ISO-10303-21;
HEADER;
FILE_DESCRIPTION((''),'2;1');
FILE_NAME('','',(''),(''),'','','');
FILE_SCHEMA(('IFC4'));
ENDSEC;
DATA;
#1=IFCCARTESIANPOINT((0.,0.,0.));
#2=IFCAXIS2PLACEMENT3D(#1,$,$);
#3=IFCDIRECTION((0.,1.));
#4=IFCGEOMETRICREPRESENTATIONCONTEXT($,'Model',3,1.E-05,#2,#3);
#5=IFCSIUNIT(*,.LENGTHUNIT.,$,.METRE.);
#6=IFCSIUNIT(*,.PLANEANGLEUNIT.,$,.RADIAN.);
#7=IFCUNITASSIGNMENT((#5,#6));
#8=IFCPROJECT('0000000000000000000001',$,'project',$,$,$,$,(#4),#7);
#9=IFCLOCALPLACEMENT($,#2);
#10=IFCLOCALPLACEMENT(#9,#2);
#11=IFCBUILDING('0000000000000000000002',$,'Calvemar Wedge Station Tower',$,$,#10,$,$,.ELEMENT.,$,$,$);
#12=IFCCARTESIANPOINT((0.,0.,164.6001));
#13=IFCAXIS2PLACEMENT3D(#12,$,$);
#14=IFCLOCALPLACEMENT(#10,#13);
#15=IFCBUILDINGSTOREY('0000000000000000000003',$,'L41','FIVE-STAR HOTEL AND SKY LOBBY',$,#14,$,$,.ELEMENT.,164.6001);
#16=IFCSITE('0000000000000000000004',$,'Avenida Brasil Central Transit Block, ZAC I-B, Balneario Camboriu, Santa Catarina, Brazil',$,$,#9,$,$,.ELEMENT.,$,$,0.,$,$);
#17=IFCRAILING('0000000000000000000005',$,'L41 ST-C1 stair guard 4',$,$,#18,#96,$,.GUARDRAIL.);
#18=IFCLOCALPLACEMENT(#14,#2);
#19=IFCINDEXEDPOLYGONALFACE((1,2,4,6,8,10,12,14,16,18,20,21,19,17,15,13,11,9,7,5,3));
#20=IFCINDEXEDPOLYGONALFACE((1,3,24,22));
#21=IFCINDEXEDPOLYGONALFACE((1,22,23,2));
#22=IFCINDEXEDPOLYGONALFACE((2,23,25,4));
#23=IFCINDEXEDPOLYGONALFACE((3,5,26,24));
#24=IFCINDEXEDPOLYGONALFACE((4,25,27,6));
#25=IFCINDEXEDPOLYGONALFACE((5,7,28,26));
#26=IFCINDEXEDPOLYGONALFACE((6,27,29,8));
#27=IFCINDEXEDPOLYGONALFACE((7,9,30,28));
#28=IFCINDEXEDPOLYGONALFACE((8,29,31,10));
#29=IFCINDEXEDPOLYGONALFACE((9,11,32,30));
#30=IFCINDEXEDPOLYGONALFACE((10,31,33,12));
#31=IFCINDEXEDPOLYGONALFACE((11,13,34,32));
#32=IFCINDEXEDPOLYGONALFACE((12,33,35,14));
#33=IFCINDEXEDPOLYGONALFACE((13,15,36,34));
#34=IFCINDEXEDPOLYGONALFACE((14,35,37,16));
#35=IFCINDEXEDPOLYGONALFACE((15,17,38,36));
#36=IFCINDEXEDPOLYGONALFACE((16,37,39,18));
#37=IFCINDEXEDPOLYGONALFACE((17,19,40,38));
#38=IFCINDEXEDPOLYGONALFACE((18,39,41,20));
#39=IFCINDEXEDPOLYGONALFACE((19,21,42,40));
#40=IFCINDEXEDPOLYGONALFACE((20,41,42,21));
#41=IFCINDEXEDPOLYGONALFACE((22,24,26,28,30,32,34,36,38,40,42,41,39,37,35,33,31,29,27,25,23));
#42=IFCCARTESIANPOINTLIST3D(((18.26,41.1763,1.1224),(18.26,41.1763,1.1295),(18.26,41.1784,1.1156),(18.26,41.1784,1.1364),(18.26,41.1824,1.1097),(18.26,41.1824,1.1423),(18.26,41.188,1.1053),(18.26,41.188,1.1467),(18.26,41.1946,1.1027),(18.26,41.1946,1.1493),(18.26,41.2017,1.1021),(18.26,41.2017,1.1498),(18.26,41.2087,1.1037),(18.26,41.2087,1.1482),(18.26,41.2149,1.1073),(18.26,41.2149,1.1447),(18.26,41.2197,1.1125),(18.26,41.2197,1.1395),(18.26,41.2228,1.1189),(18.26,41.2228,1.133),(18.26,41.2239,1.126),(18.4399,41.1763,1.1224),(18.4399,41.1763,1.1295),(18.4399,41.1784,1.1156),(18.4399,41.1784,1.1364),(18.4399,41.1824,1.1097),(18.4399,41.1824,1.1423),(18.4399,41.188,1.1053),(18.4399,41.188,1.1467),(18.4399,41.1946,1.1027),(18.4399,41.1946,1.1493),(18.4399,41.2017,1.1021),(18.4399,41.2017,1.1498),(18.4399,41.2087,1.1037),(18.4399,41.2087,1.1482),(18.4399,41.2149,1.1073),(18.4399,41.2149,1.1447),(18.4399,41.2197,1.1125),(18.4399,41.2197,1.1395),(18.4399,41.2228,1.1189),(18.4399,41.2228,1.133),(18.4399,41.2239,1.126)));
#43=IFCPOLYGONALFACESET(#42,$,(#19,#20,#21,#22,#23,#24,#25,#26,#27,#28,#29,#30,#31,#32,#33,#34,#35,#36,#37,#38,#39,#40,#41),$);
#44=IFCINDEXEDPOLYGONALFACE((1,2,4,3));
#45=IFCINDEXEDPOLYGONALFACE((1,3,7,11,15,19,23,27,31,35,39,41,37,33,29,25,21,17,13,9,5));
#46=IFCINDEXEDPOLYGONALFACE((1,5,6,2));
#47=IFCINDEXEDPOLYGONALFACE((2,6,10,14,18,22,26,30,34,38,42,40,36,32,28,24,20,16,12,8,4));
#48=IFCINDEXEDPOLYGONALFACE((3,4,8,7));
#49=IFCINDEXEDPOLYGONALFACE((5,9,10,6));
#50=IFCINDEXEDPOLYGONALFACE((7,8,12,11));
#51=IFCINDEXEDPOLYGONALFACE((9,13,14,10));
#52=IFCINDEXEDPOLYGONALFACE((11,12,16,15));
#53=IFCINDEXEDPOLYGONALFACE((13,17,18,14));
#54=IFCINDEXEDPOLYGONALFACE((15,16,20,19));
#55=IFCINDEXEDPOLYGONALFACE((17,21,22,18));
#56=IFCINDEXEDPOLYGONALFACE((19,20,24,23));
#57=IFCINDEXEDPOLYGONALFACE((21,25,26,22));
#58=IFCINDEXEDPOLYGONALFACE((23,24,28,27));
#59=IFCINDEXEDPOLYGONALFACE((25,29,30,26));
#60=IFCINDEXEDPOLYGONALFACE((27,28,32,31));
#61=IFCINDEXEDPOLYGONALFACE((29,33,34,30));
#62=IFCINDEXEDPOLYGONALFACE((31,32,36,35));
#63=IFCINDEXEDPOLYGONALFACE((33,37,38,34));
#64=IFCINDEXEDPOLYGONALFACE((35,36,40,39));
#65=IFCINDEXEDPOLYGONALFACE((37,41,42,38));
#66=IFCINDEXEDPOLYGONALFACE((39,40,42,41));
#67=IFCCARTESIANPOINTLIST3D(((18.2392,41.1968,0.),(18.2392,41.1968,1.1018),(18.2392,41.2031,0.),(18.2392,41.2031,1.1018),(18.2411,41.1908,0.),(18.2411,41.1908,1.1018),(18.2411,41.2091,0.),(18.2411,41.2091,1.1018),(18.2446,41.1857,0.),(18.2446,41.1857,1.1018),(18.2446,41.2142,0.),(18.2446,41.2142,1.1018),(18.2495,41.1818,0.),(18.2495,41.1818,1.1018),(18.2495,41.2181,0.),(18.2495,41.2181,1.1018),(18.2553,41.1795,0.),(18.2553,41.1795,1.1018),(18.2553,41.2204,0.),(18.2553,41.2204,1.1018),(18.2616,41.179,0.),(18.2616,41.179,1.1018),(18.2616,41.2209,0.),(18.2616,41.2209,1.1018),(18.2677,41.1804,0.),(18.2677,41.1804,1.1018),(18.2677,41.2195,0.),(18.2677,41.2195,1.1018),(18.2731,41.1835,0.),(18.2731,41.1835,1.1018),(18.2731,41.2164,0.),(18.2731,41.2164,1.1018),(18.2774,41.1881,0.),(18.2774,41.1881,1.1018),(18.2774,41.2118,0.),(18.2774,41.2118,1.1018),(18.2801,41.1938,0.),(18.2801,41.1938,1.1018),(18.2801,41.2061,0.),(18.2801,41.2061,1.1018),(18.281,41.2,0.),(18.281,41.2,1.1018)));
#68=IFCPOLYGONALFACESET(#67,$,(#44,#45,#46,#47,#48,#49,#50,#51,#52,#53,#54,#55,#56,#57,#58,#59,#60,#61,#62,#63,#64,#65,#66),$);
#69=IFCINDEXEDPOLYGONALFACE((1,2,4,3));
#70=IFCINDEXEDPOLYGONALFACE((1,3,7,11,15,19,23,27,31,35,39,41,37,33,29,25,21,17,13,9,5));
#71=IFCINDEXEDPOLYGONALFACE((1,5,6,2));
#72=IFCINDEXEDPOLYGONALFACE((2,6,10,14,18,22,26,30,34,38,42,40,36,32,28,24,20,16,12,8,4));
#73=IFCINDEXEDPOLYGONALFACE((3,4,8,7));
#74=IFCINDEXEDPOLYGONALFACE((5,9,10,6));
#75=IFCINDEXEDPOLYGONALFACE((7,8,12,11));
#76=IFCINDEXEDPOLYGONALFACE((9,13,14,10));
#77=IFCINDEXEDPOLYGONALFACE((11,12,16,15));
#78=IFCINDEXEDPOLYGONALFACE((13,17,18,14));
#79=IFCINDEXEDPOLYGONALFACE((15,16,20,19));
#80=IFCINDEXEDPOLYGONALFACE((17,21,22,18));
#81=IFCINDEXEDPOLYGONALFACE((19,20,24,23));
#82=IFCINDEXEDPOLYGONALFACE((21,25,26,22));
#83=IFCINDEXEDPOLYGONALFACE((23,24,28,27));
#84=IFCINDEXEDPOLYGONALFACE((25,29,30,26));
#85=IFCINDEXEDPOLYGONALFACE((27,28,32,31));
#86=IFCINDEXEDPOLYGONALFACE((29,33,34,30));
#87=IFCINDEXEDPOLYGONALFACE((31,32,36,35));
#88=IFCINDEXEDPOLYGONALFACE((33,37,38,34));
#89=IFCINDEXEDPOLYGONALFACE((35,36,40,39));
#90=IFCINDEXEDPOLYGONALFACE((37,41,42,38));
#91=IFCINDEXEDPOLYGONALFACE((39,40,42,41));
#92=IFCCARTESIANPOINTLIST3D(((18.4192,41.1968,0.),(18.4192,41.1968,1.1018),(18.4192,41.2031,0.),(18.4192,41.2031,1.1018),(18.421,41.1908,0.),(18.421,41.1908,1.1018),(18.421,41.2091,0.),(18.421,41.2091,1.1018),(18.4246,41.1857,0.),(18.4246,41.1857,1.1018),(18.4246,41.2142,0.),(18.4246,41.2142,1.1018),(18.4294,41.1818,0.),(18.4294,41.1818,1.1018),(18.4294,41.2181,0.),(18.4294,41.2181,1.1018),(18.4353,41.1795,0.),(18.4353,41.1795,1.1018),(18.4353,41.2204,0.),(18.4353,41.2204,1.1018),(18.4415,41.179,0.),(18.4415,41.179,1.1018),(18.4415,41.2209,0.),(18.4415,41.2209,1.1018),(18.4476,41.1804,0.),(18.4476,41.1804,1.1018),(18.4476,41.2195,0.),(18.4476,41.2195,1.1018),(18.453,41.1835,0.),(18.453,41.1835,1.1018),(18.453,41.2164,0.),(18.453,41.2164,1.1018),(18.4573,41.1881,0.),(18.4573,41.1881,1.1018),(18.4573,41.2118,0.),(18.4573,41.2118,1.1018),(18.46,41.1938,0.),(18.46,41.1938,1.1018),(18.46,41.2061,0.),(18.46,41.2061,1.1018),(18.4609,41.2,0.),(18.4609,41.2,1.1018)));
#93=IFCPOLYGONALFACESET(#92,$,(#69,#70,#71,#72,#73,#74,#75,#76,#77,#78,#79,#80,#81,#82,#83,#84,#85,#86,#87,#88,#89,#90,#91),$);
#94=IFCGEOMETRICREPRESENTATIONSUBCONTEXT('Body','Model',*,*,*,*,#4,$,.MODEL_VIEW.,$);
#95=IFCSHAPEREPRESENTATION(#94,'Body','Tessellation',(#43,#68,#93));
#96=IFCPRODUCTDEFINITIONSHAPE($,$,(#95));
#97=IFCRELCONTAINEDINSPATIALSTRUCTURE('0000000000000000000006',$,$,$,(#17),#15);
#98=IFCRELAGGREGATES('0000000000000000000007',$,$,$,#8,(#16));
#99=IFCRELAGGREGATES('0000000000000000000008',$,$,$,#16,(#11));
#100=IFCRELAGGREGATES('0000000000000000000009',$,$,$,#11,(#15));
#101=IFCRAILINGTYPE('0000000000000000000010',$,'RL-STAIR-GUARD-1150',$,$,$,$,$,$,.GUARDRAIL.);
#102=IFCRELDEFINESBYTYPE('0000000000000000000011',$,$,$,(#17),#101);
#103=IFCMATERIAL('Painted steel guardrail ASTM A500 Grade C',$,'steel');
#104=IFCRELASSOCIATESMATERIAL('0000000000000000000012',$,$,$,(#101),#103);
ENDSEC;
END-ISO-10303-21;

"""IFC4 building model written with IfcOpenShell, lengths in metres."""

from ifc_helpers import new_model, si_unit, direction, frame, origin, origin_2d, place, context, subcontext, project, spatial, circle, extrude, material, type_object, element, save


model = new_model("IFC4")

# Units and contexts
model_context = context("Model", 3, precision=1e-05, world=origin(), true_north=direction((0.0, 1.0)))
body_context = subcontext(model_context, "Body", "Model", "MODEL_VIEW")
ifc_project = project(units=[si_unit("LENGTHUNIT", "METRE"), si_unit("PLANEANGLEUNIT", "RADIAN")], contexts=[model_context])

# Site, building, storey
site_placement = place(None, origin())
site = spatial("IfcSite", under=ifc_project, at=site_placement, Name="Avenida Brasil Central Transit Block, ZAC I-B, Balneario Camboriu, Santa Catarina, Brazil", CompositionType="ELEMENT", RefElevation=0.0)
building_placement = place(site_placement, origin())
building = spatial("IfcBuilding", under=site, at=building_placement, Name="Calvemar Wedge Station Tower", CompositionType="ELEMENT")
storey_placement = place(building_placement, frame((0.0, 0.0, 164.6001)))
storey = spatial("IfcBuildingStorey", under=building, at=storey_placement, Name="L41", Description="FIVE-STAR HOTEL AND SKY LOBBY", CompositionType="ELEMENT", Elevation=164.6001)

# Railing
ifc_material_1 = material(Name="Painted steel guardrail ASTM A500 Grade C", Category="steel")
railing_type_1 = type_object("IfcRailingType", Name="RL-STAIR-GUARD-1150", PredefinedType="GUARDRAIL", material=ifc_material_1)
railing_1_placement = place(storey_placement, frame((18.26, 41.2, 0.0)))
element("IfcRailing", 1, at=railing_1_placement, inside=storey, type_object=railing_type_1, Name="L41 ST-C1 stair guard 4", PredefinedType="GUARDRAIL", context=body_context, shape_type="SweptSolid", body=[
    extrude(circle(Radius=0.0239, at=origin_2d()), frame((0.0, 0.0, 1.126), z_axis=(1.0, 0.0, 0.0), x_axis=(0.0, 1.0, 0.0)), (0.0, 0.0, 1.0), 0.1799),
    extrude(circle(Radius=0.021, at=origin_2d()), origin(), (0.0, 0.0, 1.0), 1.1018),
    extrude(circle(Radius=0.021, at=origin_2d()), frame((0.1799, 0.0, 0.0)), (0.0, 0.0, 1.0), 1.1018),
])

save(model, "model.ifc")
